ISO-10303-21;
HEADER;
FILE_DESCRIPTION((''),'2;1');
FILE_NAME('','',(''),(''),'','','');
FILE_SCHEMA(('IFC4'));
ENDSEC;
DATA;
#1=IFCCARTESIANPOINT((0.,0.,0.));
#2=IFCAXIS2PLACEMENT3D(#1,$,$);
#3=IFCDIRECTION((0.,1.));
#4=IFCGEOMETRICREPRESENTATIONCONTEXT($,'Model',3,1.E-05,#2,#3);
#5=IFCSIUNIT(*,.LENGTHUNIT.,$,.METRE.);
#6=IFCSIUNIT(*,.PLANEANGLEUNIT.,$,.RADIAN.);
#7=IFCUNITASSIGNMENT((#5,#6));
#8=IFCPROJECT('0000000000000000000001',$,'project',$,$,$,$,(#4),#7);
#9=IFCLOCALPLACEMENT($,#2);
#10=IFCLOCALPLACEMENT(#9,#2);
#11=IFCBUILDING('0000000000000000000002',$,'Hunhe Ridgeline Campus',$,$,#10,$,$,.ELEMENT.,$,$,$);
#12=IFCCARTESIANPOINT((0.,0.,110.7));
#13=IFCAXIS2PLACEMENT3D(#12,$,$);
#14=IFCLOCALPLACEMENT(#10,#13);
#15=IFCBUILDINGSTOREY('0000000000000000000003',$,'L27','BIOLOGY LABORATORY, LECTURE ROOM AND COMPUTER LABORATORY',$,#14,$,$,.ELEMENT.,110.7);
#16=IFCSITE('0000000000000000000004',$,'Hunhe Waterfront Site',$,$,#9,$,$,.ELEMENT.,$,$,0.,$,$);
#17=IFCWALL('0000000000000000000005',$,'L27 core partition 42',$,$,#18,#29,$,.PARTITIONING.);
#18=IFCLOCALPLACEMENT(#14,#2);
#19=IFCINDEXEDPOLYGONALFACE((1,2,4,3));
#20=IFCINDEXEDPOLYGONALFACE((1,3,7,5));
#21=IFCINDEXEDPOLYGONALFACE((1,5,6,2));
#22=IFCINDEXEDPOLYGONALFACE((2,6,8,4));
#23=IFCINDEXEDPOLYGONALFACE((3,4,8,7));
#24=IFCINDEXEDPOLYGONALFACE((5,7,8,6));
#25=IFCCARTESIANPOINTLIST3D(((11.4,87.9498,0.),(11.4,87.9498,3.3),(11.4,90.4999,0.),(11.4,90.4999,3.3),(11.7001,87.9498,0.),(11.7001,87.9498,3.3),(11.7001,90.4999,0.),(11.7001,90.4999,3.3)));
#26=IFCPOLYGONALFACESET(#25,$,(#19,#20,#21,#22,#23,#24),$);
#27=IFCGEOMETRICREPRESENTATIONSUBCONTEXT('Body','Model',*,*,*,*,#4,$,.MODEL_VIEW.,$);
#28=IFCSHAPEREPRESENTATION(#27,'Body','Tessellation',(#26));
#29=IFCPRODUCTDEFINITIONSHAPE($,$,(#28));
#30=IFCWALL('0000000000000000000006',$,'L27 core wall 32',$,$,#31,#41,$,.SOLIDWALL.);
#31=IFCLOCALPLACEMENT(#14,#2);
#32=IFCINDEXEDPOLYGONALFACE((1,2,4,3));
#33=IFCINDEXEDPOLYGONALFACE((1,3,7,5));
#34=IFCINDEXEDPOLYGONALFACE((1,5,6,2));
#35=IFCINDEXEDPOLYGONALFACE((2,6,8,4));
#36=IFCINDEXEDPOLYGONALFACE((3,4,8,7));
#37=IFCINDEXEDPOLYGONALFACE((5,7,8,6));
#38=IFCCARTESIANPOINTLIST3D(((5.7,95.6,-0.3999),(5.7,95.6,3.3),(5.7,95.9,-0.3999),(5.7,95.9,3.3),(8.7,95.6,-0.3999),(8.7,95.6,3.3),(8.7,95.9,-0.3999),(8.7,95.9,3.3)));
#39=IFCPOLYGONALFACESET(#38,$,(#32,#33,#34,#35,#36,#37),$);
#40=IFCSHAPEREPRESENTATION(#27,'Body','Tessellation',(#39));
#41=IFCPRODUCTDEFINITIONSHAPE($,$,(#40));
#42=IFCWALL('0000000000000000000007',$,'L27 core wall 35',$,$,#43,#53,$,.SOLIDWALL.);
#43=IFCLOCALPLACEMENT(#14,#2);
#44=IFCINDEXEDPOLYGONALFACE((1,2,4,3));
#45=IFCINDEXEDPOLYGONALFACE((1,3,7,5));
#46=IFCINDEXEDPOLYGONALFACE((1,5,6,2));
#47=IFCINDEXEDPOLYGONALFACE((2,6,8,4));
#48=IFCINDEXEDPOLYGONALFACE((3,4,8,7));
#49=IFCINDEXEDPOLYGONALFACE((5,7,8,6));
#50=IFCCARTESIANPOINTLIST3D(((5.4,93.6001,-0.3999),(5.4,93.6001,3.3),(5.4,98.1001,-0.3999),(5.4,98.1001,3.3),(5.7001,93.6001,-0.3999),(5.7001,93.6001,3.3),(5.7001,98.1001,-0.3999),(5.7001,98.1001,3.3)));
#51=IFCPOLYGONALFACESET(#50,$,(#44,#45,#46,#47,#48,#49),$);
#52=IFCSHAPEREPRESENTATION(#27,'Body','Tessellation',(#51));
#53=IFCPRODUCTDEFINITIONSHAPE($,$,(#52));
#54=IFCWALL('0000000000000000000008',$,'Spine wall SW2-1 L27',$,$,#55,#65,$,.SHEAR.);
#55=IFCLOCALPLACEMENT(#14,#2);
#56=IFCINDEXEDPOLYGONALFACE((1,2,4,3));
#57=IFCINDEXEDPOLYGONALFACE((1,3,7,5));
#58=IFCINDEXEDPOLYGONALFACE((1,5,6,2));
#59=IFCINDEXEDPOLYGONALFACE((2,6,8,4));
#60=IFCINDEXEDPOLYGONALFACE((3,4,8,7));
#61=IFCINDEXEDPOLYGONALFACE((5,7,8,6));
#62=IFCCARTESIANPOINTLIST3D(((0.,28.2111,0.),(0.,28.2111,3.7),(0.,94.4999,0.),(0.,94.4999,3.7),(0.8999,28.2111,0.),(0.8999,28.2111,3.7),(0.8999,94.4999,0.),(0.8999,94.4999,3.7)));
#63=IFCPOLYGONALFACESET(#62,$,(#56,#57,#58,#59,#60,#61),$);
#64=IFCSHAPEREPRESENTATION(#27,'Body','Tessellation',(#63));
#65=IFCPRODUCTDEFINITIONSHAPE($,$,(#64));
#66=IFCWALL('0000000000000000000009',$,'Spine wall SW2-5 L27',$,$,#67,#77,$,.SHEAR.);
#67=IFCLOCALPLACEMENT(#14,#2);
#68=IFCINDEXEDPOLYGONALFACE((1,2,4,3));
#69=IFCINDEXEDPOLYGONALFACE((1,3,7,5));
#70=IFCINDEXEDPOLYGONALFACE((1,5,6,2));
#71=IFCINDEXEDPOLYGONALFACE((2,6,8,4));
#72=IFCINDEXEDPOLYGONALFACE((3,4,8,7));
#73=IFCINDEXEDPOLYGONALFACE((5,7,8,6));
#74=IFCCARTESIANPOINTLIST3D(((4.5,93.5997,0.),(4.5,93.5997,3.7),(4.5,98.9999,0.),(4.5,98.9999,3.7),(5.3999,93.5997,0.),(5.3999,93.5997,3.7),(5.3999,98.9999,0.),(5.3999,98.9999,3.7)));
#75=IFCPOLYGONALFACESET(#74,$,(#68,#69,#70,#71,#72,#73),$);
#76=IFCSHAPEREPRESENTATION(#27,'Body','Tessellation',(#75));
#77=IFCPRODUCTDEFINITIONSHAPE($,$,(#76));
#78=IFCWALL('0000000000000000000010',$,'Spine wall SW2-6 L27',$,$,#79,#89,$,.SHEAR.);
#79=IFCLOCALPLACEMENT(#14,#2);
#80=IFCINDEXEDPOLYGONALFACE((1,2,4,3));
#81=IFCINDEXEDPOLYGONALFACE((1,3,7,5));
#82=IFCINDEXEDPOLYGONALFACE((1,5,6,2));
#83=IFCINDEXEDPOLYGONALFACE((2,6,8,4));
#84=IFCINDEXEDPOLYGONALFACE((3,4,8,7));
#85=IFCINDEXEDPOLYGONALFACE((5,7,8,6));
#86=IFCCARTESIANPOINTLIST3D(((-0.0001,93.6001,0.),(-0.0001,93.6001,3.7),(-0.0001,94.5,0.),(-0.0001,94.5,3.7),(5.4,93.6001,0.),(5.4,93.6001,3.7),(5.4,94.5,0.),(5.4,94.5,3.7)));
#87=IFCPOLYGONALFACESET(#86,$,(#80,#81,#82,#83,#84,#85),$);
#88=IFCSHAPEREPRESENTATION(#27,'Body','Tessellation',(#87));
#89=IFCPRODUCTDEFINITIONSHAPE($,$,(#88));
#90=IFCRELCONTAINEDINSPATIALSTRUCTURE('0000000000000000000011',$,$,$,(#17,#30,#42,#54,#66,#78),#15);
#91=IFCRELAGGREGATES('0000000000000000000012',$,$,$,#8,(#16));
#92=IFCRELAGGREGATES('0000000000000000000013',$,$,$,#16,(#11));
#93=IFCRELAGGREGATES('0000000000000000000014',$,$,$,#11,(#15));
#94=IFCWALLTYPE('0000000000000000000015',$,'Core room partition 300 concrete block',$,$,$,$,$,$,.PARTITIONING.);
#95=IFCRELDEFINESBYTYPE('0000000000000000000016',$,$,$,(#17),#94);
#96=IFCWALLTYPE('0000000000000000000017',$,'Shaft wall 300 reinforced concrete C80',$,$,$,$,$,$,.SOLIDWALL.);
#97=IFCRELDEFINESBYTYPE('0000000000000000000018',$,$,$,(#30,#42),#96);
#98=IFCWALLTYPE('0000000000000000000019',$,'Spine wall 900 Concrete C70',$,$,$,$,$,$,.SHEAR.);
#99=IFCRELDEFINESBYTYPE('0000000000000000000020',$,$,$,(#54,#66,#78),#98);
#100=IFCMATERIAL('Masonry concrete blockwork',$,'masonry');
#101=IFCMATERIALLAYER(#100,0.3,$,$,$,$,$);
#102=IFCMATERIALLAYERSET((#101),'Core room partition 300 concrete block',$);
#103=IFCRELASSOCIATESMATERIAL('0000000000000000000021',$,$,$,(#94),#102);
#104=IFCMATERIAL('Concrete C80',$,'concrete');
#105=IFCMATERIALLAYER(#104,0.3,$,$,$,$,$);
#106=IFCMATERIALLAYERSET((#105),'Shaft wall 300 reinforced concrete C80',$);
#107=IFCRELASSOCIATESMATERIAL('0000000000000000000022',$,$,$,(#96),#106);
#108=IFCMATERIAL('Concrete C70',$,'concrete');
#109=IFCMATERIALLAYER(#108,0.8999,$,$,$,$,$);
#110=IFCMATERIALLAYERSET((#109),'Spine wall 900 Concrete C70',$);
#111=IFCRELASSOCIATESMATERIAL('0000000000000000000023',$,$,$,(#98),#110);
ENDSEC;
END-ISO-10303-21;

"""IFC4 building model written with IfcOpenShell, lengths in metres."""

from ifc_helpers import new_model, si_unit, direction, frame, frame_2d, origin, place, context, subcontext, project, spatial, rectangle, extrude, material, layer, layer_set, type_object, element, save


model = new_model("IFC4")

# Units and contexts
model_context = context("Model", 3, precision=1e-05, world=origin(), true_north=direction((0.0, 1.0)))
body_context = subcontext(model_context, "Body", "Model", "MODEL_VIEW")
ifc_project = project(units=[si_unit("LENGTHUNIT", "METRE"), si_unit("PLANEANGLEUNIT", "RADIAN")], contexts=[model_context])

# Site, building, storey
site_placement = place(None, origin())
site = spatial("IfcSite", under=ifc_project, at=site_placement, Name="Hunhe Waterfront Site", CompositionType="ELEMENT", RefElevation=0.0)
building_placement = place(site_placement, origin())
building = spatial("IfcBuilding", under=site, at=building_placement, Name="Hunhe Ridgeline Campus", CompositionType="ELEMENT")
storey_placement = place(building_placement, frame((0.0, 0.0, 110.7)))
storey = spatial("IfcBuildingStorey", under=building, at=storey_placement, Name="L27", Description="BIOLOGY LABORATORY, LECTURE ROOM AND COMPUTER LABORATORY", CompositionType="ELEMENT", Elevation=110.7)

# Wall
ifc_material_1 = material(Name="Masonry concrete blockwork", Category="masonry")
ifc_layer_1 = layer(ifc_material_1, 0.3)
ifc_layer_set_1 = layer_set([ifc_layer_1], Name="Core room partition 300 concrete block")
wall_type_1 = type_object("IfcWallType", Name="Core room partition 300 concrete block", PredefinedType="PARTITIONING", material=ifc_layer_set_1)
wall_1_placement = place(storey_placement, frame((11.55, 87.95, 0.0), z_axis=(0.0, 0.0, 1.0), x_axis=(0.0, 1.0, 0.0)))
element("IfcWall", 1, at=wall_1_placement, inside=storey, type_object=wall_type_1, Name="L27 core partition 42", PredefinedType="PARTITIONING", context=body_context, shape_type="SweptSolid", body=[
    extrude(rectangle(XDim=2.55, YDim=0.3, at=frame_2d((1.2749, 0.0))), origin(), (0.0, 0.0, 1.0), 3.3),
])

# Shared definitions
ifc_material_2 = material(Name="Concrete C80", Category="concrete")
ifc_layer_2 = layer(ifc_material_2, 0.3)
ifc_layer_set_2 = layer_set([ifc_layer_2], Name="Shaft wall 300 reinforced concrete C80")
wall_type_2 = type_object("IfcWallType", Name="Shaft wall 300 reinforced concrete C80", PredefinedType="SOLIDWALL", material=ifc_layer_set_2)

# Walls
wall_2_placement = place(storey_placement, frame((5.7, 95.75, -0.3999), z_axis=(0.0, 0.0, 1.0), x_axis=(1.0, 0.0, 0.0)))
element("IfcWall", 2, at=wall_2_placement, inside=storey, type_object=wall_type_2, Name="L27 core wall 32", PredefinedType="SOLIDWALL", context=body_context, shape_type="SweptSolid", body=[
    extrude(rectangle(XDim=3.0, YDim=0.3, at=frame_2d((1.5, 0.0))), origin(), (0.0, 0.0, 1.0), 3.7),
])
wall_3_placement = place(storey_placement, frame((5.55, 93.6001, -0.3999), z_axis=(0.0, 0.0, 1.0), x_axis=(0.0, 1.0, 0.0)))
element("IfcWall", 3, at=wall_3_placement, inside=storey, type_object=wall_type_2, Name="L27 core wall 35", PredefinedType="SOLIDWALL", context=body_context, shape_type="SweptSolid", body=[
    extrude(rectangle(XDim=4.5, YDim=0.3, at=frame_2d((2.25, 0.0))), origin(), (0.0, 0.0, 1.0), 3.7),
])

# Walls
ifc_material_3 = material(Name="Concrete C70", Category="concrete")
ifc_layer_3 = layer(ifc_material_3, 0.8999)
ifc_layer_set_3 = layer_set([ifc_layer_3], Name="Spine wall 900 Concrete C70")
wall_type_3 = type_object("IfcWallType", Name="Spine wall 900 Concrete C70", PredefinedType="SHEAR", material=ifc_layer_set_3)
wall_4_placement = place(storey_placement, frame((0.45, 94.5, 0.0), z_axis=(0.0, 0.0, 1.0), x_axis=(0.0, -1.0, 0.0)))
element("IfcWall", 4, at=wall_4_placement, inside=storey, type_object=wall_type_3, Name="Spine wall SW2-1 L27", PredefinedType="SHEAR", context=body_context, shape_type="SweptSolid", body=[
    extrude(rectangle(XDim=66.2888, YDim=0.8999, at=frame_2d((33.1445, 0.0))), origin(), (0.0, 0.0, 1.0), 3.7),
])
for number, where, z_axis, x_axis, name in (
    (5, (4.95, 99.0, 0.0), (0.0, 0.0, 1.0), (0.0, -1.0, 0.0), "Spine wall SW2-5 L27"),
    (6, (5.4001, 94.05, 0.0), (0.0, 0.0, 1.0), (-1.0, 0.0, 0.0), "Spine wall SW2-6 L27"),
):
    element("IfcWall", number, at=place(storey_placement, frame(where, z_axis=z_axis, x_axis=x_axis)), inside=storey, type_object=wall_type_3, Name=name, PredefinedType="SHEAR", context=body_context, shape_type="SweptSolid", body=[
        extrude(rectangle(XDim=5.4001, YDim=0.8999, at=frame_2d((2.7002, 0.0))), origin(), (0.0, 0.0, 1.0), 3.7),
    ])

save(model, "model.ifc")
